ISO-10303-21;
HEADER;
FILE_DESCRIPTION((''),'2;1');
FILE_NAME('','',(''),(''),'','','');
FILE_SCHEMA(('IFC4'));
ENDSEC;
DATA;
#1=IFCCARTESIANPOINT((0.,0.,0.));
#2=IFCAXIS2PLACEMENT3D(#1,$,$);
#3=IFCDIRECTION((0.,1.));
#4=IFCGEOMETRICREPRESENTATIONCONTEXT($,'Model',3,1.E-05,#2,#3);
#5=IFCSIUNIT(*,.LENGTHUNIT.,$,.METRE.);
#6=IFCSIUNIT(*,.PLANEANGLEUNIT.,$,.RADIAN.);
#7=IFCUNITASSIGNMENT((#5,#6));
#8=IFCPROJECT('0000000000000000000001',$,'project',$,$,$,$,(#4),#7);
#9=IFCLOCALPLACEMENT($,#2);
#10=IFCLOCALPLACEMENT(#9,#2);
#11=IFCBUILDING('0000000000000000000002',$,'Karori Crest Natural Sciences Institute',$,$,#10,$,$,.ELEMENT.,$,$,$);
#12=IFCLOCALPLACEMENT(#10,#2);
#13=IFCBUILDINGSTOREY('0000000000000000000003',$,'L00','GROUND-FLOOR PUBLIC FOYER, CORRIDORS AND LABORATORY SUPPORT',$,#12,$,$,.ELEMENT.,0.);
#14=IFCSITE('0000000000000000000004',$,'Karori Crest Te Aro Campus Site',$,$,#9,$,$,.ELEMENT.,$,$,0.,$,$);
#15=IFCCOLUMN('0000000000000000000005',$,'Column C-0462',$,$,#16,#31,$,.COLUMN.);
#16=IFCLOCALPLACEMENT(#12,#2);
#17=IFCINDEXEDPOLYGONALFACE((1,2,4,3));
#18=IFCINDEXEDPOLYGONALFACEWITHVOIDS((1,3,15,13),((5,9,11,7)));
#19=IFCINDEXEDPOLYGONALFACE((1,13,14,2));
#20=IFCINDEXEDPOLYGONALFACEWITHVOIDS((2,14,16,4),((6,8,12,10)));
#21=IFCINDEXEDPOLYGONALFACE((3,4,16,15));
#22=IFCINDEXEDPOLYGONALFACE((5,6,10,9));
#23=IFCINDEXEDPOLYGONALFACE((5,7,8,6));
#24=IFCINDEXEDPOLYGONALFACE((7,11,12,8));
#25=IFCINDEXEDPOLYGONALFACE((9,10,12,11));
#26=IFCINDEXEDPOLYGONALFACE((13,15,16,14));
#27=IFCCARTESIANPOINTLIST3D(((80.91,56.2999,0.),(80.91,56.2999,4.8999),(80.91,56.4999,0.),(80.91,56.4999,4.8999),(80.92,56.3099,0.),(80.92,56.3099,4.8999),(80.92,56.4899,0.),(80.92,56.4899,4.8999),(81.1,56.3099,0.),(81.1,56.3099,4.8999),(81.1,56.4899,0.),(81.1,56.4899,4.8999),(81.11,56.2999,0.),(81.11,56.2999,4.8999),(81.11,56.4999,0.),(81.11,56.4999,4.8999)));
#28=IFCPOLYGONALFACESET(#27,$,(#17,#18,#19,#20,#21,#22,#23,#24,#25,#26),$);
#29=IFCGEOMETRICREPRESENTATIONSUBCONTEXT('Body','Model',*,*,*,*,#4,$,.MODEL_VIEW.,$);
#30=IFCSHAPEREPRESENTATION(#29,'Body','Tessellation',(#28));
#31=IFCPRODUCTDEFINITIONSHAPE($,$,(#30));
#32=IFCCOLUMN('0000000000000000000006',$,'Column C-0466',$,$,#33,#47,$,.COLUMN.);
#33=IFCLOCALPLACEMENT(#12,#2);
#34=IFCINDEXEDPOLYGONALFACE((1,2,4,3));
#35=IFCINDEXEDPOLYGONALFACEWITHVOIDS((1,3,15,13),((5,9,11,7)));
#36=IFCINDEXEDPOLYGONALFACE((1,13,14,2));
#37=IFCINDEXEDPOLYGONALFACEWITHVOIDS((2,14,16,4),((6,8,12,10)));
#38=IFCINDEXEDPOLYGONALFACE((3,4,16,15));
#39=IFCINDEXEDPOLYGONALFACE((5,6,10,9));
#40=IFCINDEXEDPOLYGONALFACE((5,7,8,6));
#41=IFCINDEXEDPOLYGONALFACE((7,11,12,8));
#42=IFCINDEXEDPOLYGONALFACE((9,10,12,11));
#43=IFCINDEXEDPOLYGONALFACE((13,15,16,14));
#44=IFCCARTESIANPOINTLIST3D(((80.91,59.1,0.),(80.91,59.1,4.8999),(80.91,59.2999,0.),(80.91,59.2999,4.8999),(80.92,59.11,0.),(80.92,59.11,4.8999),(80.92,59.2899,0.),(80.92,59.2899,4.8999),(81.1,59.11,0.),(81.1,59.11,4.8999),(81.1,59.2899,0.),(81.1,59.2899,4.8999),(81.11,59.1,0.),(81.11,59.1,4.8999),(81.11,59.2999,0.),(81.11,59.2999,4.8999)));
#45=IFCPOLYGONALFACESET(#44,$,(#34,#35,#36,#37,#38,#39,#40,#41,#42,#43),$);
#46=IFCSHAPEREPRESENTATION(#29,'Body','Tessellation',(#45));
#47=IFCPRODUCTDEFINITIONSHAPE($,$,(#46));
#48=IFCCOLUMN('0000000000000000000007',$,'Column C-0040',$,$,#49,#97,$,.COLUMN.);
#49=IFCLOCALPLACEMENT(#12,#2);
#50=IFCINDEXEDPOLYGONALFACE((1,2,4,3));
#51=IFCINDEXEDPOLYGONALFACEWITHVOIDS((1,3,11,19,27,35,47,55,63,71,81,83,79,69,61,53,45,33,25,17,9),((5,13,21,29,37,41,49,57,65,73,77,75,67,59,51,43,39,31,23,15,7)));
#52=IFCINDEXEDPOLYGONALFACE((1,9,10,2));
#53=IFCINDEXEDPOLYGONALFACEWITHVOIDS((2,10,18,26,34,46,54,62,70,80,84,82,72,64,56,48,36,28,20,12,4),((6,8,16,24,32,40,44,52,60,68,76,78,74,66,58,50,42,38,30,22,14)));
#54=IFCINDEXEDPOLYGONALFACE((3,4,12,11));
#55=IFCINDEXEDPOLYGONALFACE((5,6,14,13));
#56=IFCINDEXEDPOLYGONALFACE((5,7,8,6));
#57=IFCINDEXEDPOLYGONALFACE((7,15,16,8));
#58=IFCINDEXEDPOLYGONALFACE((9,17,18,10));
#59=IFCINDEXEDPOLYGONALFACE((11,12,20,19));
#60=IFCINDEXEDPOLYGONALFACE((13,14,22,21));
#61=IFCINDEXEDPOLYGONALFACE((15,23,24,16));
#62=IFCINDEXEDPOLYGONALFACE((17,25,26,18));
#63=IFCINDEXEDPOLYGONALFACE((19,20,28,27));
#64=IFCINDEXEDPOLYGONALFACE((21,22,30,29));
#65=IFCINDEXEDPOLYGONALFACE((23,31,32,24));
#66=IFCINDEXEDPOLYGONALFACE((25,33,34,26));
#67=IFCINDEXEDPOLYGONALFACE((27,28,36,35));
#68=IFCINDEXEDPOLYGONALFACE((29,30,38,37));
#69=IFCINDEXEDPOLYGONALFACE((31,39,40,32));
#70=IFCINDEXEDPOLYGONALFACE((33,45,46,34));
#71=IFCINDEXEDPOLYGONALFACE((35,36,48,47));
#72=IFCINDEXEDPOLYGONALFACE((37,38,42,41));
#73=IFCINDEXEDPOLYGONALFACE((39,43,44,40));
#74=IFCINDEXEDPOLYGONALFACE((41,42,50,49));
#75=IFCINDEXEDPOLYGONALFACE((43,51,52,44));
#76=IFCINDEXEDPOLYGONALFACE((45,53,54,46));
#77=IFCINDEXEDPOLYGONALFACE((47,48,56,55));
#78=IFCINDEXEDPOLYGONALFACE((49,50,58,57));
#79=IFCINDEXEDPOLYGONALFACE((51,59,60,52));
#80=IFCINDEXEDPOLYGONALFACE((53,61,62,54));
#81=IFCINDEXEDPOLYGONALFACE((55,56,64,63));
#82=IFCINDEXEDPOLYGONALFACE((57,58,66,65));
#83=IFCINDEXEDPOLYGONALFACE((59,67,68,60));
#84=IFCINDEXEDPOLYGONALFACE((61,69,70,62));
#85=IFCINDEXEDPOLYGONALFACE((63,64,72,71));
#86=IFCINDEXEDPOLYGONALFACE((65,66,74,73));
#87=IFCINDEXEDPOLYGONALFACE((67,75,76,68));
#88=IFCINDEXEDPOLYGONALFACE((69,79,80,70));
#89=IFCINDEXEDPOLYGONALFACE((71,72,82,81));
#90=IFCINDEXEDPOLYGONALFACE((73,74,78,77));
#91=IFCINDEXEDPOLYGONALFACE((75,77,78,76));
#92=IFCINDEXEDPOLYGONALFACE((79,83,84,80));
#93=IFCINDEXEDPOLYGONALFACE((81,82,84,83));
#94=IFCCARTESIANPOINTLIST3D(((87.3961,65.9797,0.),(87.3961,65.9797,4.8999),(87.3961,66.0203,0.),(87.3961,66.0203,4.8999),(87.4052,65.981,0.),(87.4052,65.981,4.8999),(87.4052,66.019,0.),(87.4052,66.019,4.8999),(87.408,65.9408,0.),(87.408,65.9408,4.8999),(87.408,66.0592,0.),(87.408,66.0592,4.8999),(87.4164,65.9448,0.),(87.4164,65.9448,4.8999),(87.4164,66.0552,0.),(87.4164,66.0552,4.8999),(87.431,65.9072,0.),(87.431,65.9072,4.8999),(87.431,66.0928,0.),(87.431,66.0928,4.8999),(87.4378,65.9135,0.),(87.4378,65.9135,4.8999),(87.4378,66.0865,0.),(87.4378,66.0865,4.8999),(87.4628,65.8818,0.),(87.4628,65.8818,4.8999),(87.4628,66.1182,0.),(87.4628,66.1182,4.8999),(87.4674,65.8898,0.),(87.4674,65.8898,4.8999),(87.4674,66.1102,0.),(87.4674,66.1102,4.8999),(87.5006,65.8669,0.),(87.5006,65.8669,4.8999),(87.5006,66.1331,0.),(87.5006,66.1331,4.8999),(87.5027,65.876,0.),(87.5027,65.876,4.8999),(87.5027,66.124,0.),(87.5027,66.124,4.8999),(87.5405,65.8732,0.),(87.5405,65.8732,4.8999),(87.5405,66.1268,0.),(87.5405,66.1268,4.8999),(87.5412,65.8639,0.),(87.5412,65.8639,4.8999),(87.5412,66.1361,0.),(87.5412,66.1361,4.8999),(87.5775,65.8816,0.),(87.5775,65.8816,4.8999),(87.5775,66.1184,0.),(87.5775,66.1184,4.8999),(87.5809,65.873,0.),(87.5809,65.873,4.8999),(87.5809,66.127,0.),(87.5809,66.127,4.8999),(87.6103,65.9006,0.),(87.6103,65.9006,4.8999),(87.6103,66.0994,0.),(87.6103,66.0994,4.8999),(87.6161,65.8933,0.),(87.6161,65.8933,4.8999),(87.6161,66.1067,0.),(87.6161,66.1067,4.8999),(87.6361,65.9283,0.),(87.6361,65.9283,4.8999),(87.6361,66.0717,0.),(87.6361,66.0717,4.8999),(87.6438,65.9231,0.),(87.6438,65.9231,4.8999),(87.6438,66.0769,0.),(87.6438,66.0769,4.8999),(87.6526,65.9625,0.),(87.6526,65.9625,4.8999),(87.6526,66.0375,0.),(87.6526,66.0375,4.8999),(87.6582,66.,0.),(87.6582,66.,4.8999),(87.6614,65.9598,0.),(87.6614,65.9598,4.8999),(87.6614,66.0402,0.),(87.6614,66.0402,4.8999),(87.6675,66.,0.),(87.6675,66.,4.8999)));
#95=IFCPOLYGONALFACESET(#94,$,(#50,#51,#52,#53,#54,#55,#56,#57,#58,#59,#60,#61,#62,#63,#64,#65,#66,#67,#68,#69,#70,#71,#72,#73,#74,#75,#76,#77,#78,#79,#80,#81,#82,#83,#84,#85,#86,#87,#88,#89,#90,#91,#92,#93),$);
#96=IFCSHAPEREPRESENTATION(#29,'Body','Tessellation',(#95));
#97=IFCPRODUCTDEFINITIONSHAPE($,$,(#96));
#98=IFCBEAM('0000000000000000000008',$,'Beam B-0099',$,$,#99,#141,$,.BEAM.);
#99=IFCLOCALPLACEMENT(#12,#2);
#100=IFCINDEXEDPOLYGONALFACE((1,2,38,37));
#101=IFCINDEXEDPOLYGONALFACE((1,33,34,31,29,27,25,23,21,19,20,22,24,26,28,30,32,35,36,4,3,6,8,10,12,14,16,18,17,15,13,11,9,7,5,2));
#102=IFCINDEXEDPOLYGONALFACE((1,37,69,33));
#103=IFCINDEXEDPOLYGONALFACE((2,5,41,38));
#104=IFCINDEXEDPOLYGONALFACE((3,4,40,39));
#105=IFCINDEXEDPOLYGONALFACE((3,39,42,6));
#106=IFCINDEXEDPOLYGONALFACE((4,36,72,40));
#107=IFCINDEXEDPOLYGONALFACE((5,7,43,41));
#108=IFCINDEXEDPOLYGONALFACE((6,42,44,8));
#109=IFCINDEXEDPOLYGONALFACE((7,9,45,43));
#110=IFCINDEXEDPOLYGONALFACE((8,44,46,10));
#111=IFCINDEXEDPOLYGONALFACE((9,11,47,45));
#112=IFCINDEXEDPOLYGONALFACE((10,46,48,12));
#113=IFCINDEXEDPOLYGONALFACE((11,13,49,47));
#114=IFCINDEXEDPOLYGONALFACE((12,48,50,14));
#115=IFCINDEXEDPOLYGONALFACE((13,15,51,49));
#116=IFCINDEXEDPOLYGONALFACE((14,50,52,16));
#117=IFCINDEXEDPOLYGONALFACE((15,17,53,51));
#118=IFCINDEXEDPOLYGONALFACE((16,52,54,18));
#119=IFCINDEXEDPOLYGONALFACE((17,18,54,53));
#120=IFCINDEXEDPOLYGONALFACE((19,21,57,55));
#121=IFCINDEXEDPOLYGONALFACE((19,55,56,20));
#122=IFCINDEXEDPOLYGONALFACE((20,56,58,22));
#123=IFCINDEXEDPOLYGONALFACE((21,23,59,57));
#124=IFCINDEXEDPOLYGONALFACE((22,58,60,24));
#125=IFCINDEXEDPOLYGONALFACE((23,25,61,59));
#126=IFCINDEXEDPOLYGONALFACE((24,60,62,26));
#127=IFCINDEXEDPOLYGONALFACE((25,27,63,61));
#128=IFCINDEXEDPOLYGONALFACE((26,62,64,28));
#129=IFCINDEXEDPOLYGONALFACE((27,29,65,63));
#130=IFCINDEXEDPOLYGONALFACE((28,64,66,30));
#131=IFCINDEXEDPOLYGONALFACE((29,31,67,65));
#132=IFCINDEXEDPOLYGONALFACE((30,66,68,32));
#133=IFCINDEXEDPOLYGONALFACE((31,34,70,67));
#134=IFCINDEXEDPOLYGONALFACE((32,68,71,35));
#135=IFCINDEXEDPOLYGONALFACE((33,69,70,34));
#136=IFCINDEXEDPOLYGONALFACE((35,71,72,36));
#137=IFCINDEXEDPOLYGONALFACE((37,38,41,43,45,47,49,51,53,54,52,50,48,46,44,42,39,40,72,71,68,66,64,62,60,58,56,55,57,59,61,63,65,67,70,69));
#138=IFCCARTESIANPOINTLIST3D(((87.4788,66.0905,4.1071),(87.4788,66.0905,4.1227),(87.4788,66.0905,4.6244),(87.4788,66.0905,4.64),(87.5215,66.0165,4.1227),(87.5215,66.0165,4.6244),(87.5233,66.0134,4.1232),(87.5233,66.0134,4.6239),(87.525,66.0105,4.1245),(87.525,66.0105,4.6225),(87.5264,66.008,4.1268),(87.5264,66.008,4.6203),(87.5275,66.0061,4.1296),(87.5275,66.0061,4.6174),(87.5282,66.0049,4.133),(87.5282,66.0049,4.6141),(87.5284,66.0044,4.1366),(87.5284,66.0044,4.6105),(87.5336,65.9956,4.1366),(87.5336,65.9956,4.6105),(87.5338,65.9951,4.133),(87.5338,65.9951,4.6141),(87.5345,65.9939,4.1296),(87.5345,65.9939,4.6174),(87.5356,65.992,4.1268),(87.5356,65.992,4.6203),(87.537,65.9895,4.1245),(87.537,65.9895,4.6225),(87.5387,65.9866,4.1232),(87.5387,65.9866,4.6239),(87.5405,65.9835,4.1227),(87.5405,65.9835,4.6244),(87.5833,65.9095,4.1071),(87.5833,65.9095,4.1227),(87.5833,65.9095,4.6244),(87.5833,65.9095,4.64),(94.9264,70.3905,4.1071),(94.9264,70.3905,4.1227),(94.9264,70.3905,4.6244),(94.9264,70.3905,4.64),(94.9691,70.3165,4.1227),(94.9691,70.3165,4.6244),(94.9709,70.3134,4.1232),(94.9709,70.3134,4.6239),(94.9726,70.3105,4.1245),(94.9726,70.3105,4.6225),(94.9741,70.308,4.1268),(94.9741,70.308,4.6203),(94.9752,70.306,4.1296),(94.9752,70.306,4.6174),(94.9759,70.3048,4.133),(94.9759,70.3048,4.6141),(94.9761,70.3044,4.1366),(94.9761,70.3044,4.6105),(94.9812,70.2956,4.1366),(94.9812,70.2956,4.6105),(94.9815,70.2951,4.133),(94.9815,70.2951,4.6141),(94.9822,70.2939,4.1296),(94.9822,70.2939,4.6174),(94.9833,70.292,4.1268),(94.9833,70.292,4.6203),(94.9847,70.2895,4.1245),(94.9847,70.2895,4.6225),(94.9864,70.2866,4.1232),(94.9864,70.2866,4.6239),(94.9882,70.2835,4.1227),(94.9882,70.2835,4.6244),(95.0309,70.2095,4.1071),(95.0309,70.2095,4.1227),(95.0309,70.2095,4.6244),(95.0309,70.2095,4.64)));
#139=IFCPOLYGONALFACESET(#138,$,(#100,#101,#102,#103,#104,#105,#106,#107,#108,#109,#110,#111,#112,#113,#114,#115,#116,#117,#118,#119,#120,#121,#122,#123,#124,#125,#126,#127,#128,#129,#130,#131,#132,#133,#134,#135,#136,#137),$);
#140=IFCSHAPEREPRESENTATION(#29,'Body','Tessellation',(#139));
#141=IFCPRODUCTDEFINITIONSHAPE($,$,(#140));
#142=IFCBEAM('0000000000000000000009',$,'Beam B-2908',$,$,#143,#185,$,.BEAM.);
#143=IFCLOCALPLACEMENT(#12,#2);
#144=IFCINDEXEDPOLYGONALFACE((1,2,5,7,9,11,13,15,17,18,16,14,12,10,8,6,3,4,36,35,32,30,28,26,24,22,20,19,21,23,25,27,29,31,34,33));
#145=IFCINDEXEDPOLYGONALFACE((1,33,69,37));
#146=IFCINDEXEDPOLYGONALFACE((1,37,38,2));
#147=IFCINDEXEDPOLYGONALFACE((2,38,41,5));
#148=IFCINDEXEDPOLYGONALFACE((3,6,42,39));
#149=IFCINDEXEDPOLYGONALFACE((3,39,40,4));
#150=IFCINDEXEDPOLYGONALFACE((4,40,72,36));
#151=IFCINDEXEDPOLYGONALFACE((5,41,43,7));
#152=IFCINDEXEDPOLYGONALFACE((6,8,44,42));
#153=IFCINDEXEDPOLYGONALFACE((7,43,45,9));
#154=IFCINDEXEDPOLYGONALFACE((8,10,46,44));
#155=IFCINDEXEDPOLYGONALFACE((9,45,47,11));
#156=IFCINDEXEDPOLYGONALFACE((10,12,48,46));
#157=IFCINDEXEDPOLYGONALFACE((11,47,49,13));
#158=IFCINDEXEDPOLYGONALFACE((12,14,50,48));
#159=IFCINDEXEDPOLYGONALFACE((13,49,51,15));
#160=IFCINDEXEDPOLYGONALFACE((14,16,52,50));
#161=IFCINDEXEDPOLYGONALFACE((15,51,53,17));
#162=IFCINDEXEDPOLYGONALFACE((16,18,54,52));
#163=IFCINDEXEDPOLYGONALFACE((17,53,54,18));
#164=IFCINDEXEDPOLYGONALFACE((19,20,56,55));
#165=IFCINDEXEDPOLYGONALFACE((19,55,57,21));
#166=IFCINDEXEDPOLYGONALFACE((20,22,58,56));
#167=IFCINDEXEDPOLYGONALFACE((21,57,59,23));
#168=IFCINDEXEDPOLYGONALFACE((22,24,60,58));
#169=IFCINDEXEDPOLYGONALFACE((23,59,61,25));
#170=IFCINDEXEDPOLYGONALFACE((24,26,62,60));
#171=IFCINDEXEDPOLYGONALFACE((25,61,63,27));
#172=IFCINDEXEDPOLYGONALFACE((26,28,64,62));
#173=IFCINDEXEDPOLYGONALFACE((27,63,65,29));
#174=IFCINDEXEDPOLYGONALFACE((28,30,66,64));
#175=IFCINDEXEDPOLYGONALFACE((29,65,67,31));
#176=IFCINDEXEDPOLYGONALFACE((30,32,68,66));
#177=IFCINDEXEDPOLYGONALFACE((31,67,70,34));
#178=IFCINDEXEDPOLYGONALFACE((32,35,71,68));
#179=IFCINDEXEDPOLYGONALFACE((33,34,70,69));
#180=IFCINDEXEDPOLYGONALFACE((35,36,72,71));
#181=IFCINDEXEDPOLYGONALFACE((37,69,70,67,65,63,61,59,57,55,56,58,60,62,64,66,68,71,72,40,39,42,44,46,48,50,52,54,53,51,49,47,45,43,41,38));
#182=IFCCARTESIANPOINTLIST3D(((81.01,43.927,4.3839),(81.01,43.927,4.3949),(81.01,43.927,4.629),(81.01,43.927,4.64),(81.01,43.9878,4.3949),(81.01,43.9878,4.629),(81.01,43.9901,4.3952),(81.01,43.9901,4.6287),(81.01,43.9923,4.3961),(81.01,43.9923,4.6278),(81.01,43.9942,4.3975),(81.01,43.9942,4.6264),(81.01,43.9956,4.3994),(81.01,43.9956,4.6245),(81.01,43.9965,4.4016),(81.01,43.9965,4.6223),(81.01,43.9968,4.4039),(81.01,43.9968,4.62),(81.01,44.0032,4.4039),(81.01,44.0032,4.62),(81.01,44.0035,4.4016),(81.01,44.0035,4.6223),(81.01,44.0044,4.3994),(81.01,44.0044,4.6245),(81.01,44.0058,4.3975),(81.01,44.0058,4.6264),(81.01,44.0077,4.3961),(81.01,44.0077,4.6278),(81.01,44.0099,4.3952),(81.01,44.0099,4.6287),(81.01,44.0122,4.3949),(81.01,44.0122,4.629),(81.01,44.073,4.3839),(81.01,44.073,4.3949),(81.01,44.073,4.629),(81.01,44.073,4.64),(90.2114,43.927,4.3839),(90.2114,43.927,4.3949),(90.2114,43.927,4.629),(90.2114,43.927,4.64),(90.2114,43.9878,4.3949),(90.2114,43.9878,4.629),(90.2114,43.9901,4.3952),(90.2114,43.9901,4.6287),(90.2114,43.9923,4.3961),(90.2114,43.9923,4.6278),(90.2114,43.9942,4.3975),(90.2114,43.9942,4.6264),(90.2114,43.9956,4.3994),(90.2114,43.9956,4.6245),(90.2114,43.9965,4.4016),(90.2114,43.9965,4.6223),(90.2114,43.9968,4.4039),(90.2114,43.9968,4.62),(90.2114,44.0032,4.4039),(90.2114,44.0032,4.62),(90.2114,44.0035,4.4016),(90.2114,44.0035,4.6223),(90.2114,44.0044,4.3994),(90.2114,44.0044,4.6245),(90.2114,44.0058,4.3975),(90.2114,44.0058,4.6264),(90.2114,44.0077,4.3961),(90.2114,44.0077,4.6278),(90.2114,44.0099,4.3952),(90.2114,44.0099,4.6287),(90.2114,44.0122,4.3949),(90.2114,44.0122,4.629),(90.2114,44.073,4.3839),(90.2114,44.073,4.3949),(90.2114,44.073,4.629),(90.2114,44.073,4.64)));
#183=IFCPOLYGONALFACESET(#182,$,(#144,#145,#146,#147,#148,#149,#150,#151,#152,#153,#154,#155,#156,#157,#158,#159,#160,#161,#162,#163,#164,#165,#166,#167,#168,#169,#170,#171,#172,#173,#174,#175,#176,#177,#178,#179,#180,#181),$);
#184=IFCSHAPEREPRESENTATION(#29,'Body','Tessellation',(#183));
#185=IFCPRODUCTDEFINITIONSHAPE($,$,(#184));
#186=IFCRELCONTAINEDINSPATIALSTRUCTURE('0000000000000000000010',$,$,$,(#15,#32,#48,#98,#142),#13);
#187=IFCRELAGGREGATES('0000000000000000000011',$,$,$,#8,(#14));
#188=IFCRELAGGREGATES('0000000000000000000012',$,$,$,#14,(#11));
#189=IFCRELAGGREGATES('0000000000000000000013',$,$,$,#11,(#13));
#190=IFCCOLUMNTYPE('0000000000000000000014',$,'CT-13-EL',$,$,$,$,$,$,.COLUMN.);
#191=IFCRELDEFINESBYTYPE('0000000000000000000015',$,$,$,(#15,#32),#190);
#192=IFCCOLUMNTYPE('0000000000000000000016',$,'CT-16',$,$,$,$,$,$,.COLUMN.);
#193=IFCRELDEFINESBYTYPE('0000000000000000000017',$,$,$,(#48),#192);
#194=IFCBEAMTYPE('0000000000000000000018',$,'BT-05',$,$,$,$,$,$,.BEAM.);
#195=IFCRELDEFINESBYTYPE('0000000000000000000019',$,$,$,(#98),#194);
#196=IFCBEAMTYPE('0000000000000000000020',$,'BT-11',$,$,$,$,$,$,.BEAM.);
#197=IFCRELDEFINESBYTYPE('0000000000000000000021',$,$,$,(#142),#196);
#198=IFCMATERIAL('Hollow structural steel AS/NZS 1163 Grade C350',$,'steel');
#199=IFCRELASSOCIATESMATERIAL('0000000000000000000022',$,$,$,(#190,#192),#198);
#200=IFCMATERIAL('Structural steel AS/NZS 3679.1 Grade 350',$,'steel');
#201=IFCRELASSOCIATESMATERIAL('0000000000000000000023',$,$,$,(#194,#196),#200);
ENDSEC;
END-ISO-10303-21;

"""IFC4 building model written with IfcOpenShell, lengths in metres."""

from ifc_helpers import new_model, si_unit, direction, frame, origin, origin_2d, place, context, subcontext, project, spatial, hollow_rectangle, hollow_circle, i_section, extrude, material, material_profile, profile_set, type_object, element, save


model = new_model("IFC4")

# Units and contexts
model_context = context("Model", 3, precision=1e-05, world=origin(), true_north=direction((0.0, 1.0)))
body_context = subcontext(model_context, "Body", "Model", "MODEL_VIEW")
ifc_project = project(units=[si_unit("LENGTHUNIT", "METRE"), si_unit("PLANEANGLEUNIT", "RADIAN")], contexts=[model_context])

# Site, building, storey
site_placement = place(None, origin())
site = spatial("IfcSite", under=ifc_project, at=site_placement, Name="Karori Crest Te Aro Campus Site", CompositionType="ELEMENT", RefElevation=0.0)
building_placement = place(site_placement, origin())
building = spatial("IfcBuilding", under=site, at=building_placement, Name="Karori Crest Natural Sciences Institute", CompositionType="ELEMENT")
storey_placement = place(building_placement, origin())
storey = spatial("IfcBuildingStorey", under=building, at=storey_placement, Name="L00", Description="GROUND-FLOOR PUBLIC FOYER, CORRIDORS AND LABORATORY SUPPORT", CompositionType="ELEMENT", Elevation=0.0)

# Columns
ifc_material_1 = material(Name="Hollow structural steel AS/NZS 1163 Grade C350", Category="steel")
ifc_material_profile_1 = material_profile(ifc_material_1, hollow_rectangle(XDim=0.2, YDim=0.2, WallThickness=0.01, at=origin_2d()), Name="SHS200x200x10")
ifc_profile_set_1 = profile_set([ifc_material_profile_1], Name="Hollow structural steel AS/NZS 1163 Grade C350")
column_type_1 = type_object("IfcColumnType", Name="CT-13-EL", PredefinedType="COLUMN", material=ifc_profile_set_1)
for number, where, z_axis, x_axis, name in (
    (1, (81.01, 56.3999, 0.0), (0.0, 0.0, 1.0), (1.0, 0.0, 0.0), "Column C-0462"),
    (2, (81.01, 59.2, 0.0), (0.0, 0.0, 1.0), (1.0, 0.0, 0.0), "Column C-0466"),
):
    element("IfcColumn", number, at=place(storey_placement, frame(where, z_axis=z_axis, x_axis=x_axis)), inside=storey, type_object=column_type_1, Name=name, PredefinedType="COLUMN", context=body_context, shape_type="SweptSolid", body=[
        extrude(hollow_rectangle(XDim=0.2, YDim=0.2, WallThickness=0.01, at=origin_2d()), origin(), (0.0, 0.0, 1.0), 4.8999),
    ])
ifc_material_profile_2 = material_profile(ifc_material_1, hollow_circle(Radius=0.1365, WallThickness=0.0093, at=origin_2d()), Name="CHS273.0x9.3")
ifc_profile_set_2 = profile_set([ifc_material_profile_2], Name="Hollow structural steel AS/NZS 1163 Grade C350")
column_type_2 = type_object("IfcColumnType", Name="CT-16", PredefinedType="COLUMN", material=ifc_profile_set_2)
column_placement = place(storey_placement, frame((87.531, 66.0, 0.0), z_axis=(0.0, 0.0, 1.0), x_axis=(1.0, 0.0, 0.0)))
element("IfcColumn", 3, at=column_placement, inside=storey, type_object=column_type_2, Name="Column C-0040", PredefinedType="COLUMN", context=body_context, shape_type="SweptSolid", body=[
    extrude(hollow_circle(Radius=0.1365, WallThickness=0.0093, at=origin_2d()), origin(), (0.0, 0.0, 1.0), 4.8999),
])

# Beams
ifc_material_2 = material(Name="Structural steel AS/NZS 3679.1 Grade 350", Category="steel")
ifc_material_profile_3 = material_profile(ifc_material_2, i_section(OverallWidth=0.209, OverallDepth=0.533, WebThickness=0.0103, FlangeThickness=0.0156, FilletRadius=0.0139, at=origin_2d()), Name="530UB92.4")
ifc_profile_set_3 = profile_set([ifc_material_profile_3], Name="Structural steel AS/NZS 3679.1 Grade 350")
beam_type_1 = type_object("IfcBeamType", Name="BT-05", PredefinedType="BEAM", material=ifc_profile_set_3)
beam_1_placement = place(storey_placement, frame((87.531, 66.0, 4.3735), z_axis=(0.866021, 0.500008, 0.0), x_axis=(-0.500008, 0.866021, 0.0)))
element("IfcBeam", 4, at=beam_1_placement, inside=storey, type_object=beam_type_1, Name="Beam B-0099", PredefinedType="BEAM", context=body_context, shape_type="SweptSolid", body=[
    extrude(i_section(OverallWidth=0.209, OverallDepth=0.533, WebThickness=0.0103, FlangeThickness=0.0156, FilletRadius=0.0139, at=origin_2d()), origin(), (0.0, 0.0, 1.0), 8.5999),
])
ifc_material_profile_4 = material_profile(ifc_material_2, i_section(OverallWidth=0.146, OverallDepth=0.2561, WebThickness=0.0063, FlangeThickness=0.011, FilletRadius=0.009, at=origin_2d()), Name="250UB37.3")
ifc_profile_set_4 = profile_set([ifc_material_profile_4], Name="Structural steel AS/NZS 3679.1 Grade 350")
beam_type_2 = type_object("IfcBeamType", Name="BT-11", PredefinedType="BEAM", material=ifc_profile_set_4)
beam_2_placement = place(storey_placement, frame((81.01, 44.0, 4.512), z_axis=(1.0, 0.0, 0.0), x_axis=(0.0, 1.0, 0.0)))
element("IfcBeam", 5, at=beam_2_placement, inside=storey, type_object=beam_type_2, Name="Beam B-2908", PredefinedType="BEAM", context=body_context, shape_type="SweptSolid", body=[
    extrude(i_section(OverallWidth=0.146, OverallDepth=0.2561, WebThickness=0.0063, FlangeThickness=0.011, FilletRadius=0.009, at=origin_2d()), origin(), (0.0, 0.0, 1.0), 9.2014),
])

save(model, "model.ifc")
